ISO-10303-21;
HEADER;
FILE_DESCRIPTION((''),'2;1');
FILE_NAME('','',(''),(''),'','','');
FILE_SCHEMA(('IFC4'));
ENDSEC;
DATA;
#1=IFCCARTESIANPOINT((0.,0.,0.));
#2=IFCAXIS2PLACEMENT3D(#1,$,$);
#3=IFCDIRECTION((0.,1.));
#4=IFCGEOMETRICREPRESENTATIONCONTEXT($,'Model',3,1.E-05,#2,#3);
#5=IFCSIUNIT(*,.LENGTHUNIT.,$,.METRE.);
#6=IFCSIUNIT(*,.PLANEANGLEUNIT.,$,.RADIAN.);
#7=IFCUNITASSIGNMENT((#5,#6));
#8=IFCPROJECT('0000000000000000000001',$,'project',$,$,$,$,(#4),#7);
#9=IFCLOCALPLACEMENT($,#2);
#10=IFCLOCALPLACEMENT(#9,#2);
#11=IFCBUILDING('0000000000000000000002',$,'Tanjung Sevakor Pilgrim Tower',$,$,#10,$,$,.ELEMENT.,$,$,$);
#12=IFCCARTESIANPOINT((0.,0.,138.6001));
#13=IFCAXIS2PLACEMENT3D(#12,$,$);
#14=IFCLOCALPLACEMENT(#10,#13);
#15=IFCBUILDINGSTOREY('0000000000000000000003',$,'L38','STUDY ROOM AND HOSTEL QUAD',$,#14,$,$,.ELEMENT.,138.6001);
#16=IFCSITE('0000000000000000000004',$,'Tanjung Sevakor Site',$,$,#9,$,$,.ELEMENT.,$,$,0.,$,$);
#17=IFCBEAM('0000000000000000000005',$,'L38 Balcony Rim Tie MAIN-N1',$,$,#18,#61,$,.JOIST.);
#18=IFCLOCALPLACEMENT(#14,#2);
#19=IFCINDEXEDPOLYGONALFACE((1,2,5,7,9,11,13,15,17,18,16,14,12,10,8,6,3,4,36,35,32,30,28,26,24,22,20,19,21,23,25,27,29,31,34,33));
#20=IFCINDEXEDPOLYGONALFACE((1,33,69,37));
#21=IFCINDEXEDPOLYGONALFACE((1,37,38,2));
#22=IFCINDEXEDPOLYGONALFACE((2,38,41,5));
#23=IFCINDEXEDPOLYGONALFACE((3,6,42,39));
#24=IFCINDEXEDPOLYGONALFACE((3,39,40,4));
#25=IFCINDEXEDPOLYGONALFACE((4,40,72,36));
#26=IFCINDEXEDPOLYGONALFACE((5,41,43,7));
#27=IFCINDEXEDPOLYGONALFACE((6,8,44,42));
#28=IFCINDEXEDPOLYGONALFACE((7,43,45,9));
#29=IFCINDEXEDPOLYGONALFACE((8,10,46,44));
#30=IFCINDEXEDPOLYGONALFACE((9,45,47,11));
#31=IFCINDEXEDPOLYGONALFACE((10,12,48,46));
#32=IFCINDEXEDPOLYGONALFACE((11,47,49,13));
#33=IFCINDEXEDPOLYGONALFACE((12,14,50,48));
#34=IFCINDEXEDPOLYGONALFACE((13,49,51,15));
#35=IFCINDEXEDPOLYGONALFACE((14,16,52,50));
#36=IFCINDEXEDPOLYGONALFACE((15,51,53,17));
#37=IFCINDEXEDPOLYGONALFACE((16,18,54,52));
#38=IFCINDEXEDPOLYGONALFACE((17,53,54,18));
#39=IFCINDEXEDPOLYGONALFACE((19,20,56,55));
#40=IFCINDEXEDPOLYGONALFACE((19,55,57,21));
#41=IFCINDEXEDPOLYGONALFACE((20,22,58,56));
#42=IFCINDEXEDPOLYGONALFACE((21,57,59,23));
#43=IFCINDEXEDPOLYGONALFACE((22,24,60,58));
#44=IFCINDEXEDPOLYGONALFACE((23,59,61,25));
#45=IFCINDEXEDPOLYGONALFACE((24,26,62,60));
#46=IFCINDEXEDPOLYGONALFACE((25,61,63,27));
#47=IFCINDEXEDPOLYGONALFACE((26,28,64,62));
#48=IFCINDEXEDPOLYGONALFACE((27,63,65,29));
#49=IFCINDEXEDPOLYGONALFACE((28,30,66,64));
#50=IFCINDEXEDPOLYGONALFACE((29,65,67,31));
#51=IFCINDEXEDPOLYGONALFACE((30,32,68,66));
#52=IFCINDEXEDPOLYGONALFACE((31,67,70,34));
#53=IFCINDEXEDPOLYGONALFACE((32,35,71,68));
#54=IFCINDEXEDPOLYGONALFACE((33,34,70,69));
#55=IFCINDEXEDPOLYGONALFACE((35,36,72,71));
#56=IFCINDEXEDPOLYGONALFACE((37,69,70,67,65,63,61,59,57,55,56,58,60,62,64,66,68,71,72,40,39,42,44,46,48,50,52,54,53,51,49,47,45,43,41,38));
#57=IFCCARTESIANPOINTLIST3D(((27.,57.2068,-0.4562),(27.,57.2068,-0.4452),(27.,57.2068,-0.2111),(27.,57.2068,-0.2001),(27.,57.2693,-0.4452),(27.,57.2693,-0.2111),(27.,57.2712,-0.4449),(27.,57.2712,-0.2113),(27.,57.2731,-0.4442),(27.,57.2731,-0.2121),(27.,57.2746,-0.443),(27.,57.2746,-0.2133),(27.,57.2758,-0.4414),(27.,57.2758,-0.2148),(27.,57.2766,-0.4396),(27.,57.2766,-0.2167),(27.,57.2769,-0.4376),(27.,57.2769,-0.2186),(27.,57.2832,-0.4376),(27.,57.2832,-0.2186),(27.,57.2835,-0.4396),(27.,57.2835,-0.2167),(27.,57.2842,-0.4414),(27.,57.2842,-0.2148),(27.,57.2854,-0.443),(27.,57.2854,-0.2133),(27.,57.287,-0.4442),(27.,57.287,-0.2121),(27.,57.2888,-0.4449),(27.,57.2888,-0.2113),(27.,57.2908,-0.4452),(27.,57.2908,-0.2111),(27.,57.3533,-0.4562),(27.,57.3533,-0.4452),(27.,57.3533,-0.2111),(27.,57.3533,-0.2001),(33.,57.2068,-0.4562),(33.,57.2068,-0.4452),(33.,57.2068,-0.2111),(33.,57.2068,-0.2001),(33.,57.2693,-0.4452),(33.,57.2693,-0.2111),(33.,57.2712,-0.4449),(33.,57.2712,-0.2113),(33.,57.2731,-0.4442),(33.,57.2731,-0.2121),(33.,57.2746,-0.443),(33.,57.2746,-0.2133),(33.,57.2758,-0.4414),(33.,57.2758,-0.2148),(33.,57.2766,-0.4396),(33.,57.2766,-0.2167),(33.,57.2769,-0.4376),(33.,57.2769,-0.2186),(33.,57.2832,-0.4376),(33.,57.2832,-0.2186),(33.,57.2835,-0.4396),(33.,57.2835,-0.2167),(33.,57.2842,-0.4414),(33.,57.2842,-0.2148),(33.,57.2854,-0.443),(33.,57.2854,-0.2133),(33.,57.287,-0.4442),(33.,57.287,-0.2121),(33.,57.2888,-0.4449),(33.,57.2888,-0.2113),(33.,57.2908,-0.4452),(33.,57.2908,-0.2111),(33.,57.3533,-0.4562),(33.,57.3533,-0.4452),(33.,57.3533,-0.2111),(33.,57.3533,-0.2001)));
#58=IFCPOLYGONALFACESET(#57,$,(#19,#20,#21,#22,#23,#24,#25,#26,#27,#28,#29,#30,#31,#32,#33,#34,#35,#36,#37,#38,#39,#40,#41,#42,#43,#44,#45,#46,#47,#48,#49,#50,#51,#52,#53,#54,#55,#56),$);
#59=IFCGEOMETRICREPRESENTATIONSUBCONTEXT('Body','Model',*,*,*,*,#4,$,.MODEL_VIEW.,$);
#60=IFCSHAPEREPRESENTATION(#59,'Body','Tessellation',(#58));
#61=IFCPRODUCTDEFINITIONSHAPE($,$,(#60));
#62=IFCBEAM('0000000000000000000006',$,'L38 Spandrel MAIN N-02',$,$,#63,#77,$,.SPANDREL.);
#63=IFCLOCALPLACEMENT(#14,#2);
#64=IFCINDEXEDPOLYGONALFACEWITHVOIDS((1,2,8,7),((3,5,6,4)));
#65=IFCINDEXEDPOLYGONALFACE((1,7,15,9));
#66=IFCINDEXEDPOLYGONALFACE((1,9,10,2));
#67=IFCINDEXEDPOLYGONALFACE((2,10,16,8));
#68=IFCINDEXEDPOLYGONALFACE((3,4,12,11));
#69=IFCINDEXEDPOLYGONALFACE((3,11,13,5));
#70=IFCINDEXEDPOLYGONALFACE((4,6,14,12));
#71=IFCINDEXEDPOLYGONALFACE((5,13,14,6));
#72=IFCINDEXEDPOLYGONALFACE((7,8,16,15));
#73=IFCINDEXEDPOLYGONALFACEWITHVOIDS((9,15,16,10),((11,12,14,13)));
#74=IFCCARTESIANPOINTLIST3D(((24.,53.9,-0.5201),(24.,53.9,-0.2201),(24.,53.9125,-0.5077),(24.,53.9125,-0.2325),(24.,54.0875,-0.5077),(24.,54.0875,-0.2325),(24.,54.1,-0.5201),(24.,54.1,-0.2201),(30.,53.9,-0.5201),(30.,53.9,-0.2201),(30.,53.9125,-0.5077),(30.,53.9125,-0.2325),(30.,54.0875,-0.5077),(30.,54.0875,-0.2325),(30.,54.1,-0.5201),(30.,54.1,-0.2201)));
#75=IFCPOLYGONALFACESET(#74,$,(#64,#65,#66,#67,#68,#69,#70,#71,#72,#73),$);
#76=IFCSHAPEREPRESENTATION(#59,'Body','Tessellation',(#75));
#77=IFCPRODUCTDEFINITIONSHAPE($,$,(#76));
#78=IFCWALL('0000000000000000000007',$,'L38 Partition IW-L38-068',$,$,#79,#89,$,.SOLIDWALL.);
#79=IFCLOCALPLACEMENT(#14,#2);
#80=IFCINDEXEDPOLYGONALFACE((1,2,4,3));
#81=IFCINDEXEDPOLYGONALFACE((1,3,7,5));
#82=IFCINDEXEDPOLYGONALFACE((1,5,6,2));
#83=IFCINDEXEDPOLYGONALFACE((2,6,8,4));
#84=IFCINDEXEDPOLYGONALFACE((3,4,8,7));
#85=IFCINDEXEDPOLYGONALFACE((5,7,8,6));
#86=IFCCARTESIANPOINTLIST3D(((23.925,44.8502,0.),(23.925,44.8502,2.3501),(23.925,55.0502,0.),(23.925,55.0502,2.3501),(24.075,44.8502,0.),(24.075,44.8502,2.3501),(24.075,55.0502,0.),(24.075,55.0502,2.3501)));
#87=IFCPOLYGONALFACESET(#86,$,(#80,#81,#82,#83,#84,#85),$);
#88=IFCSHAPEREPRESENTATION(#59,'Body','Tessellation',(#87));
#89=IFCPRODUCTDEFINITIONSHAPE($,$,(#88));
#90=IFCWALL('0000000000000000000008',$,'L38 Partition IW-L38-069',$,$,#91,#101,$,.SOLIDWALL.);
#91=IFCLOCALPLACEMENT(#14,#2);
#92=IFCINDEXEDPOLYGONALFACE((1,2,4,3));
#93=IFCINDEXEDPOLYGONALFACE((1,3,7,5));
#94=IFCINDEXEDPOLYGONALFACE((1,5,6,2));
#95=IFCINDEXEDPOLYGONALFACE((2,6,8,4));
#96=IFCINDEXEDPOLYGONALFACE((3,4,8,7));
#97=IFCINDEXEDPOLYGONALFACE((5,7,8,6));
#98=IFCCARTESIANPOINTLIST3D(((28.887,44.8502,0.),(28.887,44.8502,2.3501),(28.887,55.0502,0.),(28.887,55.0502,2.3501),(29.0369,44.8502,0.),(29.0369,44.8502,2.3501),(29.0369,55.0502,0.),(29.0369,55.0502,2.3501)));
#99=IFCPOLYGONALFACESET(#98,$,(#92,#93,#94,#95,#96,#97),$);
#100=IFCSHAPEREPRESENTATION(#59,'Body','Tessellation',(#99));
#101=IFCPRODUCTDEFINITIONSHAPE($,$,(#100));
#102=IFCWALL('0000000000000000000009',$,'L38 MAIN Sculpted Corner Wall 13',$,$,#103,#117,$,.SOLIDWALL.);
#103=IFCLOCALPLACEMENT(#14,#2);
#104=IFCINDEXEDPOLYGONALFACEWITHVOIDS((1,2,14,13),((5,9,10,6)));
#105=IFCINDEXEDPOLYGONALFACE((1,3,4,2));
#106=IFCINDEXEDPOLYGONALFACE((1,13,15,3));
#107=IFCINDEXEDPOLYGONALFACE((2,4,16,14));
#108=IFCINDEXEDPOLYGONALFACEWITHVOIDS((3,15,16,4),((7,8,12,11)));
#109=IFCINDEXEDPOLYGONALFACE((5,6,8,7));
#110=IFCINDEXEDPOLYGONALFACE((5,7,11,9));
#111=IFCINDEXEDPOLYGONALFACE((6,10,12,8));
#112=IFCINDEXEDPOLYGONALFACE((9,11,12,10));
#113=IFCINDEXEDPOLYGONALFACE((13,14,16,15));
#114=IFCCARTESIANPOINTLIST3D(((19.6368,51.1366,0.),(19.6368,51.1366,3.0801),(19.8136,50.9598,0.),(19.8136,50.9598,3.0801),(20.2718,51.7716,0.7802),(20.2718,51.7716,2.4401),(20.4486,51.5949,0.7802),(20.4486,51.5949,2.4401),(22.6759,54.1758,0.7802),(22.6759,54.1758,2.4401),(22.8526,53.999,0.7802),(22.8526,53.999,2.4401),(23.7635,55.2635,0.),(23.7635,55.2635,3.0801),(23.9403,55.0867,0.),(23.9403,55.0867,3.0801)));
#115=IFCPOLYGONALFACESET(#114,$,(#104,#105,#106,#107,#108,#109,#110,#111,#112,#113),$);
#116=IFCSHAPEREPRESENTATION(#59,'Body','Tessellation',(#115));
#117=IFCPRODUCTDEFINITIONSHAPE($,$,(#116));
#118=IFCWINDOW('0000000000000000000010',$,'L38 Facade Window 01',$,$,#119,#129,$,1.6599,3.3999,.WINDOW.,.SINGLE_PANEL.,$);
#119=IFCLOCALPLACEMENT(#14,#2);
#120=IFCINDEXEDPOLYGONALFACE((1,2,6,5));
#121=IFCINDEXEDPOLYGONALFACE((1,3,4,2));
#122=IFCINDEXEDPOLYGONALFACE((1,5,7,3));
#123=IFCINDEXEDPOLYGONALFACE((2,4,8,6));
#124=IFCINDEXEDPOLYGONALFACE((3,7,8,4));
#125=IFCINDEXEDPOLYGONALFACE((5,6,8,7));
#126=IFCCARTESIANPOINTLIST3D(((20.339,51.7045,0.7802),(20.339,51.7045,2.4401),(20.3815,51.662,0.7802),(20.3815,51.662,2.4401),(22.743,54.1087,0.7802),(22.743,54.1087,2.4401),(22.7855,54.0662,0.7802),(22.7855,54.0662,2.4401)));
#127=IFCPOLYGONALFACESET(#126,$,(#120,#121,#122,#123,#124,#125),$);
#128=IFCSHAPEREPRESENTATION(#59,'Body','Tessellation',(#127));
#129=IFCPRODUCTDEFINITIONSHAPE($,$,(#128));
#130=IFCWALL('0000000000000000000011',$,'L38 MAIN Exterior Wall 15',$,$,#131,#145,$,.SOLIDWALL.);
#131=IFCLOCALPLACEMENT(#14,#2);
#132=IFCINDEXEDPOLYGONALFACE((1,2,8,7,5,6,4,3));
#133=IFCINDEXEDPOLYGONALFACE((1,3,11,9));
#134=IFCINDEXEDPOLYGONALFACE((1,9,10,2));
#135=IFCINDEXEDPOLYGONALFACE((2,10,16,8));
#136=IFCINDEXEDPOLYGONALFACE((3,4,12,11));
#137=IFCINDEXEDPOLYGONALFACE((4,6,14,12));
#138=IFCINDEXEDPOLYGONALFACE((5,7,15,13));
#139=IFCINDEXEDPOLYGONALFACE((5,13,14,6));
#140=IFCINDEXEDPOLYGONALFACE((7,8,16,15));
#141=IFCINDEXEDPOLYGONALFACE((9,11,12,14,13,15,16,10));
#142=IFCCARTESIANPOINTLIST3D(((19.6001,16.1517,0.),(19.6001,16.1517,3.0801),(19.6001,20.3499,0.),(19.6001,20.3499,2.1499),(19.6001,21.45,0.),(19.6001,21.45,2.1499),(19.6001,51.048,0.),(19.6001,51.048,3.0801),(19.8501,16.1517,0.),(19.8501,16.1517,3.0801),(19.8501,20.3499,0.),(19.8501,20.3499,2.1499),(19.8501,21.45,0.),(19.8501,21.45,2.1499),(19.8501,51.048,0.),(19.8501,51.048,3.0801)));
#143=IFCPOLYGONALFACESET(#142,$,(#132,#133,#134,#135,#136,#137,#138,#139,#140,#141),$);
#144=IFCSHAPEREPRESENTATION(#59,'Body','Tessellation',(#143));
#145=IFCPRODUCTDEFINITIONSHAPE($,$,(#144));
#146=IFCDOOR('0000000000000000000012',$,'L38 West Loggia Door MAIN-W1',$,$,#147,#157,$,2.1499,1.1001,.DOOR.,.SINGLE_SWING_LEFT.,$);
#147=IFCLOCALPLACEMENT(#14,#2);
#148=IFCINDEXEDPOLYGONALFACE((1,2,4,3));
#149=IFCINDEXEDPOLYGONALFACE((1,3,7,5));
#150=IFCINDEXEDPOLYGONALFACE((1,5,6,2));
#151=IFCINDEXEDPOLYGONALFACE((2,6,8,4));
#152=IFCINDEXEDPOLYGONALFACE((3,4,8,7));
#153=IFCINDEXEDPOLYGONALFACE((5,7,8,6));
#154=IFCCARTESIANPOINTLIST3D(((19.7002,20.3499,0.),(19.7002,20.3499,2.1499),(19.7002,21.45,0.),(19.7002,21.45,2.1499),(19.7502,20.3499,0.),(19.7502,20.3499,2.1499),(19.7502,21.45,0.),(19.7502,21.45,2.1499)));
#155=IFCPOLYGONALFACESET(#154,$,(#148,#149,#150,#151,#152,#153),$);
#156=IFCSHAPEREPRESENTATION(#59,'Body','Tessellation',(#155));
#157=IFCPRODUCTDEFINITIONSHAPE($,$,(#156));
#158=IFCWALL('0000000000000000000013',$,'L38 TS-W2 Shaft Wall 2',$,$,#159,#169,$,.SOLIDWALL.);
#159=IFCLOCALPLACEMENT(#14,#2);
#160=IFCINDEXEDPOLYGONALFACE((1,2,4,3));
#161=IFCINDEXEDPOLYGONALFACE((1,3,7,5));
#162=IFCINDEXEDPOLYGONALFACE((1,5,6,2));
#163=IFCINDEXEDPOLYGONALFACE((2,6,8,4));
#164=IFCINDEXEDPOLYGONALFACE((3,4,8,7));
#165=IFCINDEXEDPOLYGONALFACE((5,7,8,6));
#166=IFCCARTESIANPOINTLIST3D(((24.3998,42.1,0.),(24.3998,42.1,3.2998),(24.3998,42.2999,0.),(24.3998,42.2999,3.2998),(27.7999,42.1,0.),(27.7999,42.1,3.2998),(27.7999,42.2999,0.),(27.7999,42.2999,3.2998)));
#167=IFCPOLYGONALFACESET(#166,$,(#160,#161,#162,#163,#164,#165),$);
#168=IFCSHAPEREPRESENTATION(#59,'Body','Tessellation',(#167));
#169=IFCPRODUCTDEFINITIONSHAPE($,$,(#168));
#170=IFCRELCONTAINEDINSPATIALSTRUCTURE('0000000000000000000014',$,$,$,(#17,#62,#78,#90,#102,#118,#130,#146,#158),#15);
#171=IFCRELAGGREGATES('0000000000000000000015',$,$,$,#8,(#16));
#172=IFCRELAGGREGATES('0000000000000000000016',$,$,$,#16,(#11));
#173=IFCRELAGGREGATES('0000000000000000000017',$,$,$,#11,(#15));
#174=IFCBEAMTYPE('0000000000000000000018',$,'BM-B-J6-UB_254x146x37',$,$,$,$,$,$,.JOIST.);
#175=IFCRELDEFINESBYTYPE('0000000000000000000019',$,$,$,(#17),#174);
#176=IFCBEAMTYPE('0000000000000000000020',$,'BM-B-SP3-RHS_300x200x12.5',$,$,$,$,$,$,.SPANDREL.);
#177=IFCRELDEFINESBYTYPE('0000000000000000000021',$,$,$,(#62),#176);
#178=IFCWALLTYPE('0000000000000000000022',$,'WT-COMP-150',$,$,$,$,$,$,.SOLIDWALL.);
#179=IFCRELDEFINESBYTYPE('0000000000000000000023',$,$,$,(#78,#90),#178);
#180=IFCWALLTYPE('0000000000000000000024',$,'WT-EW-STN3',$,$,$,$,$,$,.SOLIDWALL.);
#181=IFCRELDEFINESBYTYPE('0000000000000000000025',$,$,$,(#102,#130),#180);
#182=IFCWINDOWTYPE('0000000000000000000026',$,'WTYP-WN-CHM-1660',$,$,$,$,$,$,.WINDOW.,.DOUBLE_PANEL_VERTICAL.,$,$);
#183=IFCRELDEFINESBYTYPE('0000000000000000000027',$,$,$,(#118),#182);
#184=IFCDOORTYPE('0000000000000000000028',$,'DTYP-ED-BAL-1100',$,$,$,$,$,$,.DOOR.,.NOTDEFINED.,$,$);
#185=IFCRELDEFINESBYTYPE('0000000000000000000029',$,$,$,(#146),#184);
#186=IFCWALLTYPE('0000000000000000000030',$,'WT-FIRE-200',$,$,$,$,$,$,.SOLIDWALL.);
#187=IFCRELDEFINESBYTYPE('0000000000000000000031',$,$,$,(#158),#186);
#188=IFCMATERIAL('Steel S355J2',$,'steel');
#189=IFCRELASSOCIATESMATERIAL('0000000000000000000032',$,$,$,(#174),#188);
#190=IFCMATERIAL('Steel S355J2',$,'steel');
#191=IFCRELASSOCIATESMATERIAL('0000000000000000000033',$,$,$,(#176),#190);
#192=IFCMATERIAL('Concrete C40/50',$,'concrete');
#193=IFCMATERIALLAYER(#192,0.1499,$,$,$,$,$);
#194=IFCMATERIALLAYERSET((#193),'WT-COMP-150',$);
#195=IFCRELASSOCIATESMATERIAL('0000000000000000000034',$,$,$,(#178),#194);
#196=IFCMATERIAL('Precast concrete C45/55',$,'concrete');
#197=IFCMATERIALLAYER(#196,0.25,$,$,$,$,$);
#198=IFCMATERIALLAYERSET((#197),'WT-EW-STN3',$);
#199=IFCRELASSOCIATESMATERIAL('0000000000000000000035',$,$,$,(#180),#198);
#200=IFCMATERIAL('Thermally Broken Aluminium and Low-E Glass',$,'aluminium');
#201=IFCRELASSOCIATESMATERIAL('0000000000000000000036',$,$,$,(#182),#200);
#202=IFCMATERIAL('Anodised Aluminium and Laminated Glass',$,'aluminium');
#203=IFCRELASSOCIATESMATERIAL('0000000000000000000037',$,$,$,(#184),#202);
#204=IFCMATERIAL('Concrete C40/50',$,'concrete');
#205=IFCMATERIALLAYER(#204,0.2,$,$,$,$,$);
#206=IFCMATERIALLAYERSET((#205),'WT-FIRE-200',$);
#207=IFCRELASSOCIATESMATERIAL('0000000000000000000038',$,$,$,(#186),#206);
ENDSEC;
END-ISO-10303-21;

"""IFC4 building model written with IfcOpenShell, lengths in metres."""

from ifc_helpers import new_model, si_unit, direction, frame, frame_2d, origin, origin_2d, place, context, subcontext, project, spatial, rectangle, hollow_rectangle, i_section, extrude, material, layer, layer_set, material_profile, profile_set, type_object, element, fill, save


model = new_model("IFC4")

# Units and contexts
model_context = context("Model", 3, precision=1e-05, world=origin(), true_north=direction((0.0, 1.0)))
body_context = subcontext(model_context, "Body", "Model", "MODEL_VIEW")
ifc_project = project(units=[si_unit("LENGTHUNIT", "METRE"), si_unit("PLANEANGLEUNIT", "RADIAN")], contexts=[model_context])

# Site, building, storey
site_placement = place(None, origin())
site = spatial("IfcSite", under=ifc_project, at=site_placement, Name="Tanjung Sevakor Site", CompositionType="ELEMENT", RefElevation=0.0)
building_placement = place(site_placement, origin())
building = spatial("IfcBuilding", under=site, at=building_placement, Name="Tanjung Sevakor Pilgrim Tower", CompositionType="ELEMENT")
storey_placement = place(building_placement, frame((0.0, 0.0, 138.6001)))
storey = spatial("IfcBuildingStorey", under=building, at=storey_placement, Name="L38", Description="STUDY ROOM AND HOSTEL QUAD", CompositionType="ELEMENT", Elevation=138.6001)

# Beams
ifc_material_1 = material(Name="Steel S355J2", Category="steel")
ifc_material_profile_1 = material_profile(ifc_material_1, i_section(OverallWidth=0.1465, OverallDepth=0.2561, WebThickness=0.0063, FlangeThickness=0.011, FilletRadius=0.0076, at=origin_2d()))
ifc_profile_set_1 = profile_set([ifc_material_profile_1], Name="Steel S355J2")
beam_type_1 = type_object("IfcBeamType", Name="BM-B-J6-UB_254x146x37", PredefinedType="JOIST", material=ifc_profile_set_1)
beam_1_placement = place(storey_placement, frame((27.0, 57.28, -0.3281), z_axis=(1.0, 0.0, 0.0), x_axis=(0.0, 1.0, 0.0)))
element("IfcBeam", 1, at=beam_1_placement, inside=storey, type_object=beam_type_1, Name="L38 Balcony Rim Tie MAIN-N1", PredefinedType="JOIST", context=body_context, shape_type="SweptSolid", body=[
    extrude(i_section(OverallWidth=0.1465, OverallDepth=0.2561, WebThickness=0.0063, FlangeThickness=0.011, FilletRadius=0.0076, at=origin_2d()), origin(), (0.0, 0.0, 1.0), 6.0),
])
ifc_material_2 = material(Name="Steel S355J2", Category="steel")
ifc_material_profile_2 = material_profile(ifc_material_2, hollow_rectangle(XDim=0.2, YDim=0.3, WallThickness=0.0125, at=origin_2d()))
ifc_profile_set_2 = profile_set([ifc_material_profile_2], Name="Steel S355J2")
beam_type_2 = type_object("IfcBeamType", Name="BM-B-SP3-RHS_300x200x12.5", PredefinedType="SPANDREL", material=ifc_profile_set_2)
beam_2_placement = place(storey_placement, frame((24.0, 54.0, -0.3701), z_axis=(1.0, 0.0, 0.0), x_axis=(0.0, 1.0, 0.0)))
element("IfcBeam", 2, at=beam_2_placement, inside=storey, type_object=beam_type_2, Name="L38 Spandrel MAIN N-02", PredefinedType="SPANDREL", context=body_context, shape_type="SweptSolid", body=[
    extrude(hollow_rectangle(XDim=0.2, YDim=0.3, WallThickness=0.0125, at=origin_2d()), origin(), (0.0, 0.0, 1.0), 6.0),
])

# Walls
ifc_material_3 = material(Name="Concrete C40/50", Category="concrete")
ifc_layer_1 = layer(ifc_material_3, 0.1499)
ifc_layer_set_1 = layer_set([ifc_layer_1], Name="WT-COMP-150")
wall_type_1 = type_object("IfcWallType", Name="WT-COMP-150", PredefinedType="SOLIDWALL", material=ifc_layer_set_1)
for number, where, z_axis, x_axis, name in (
    (3, (24.0, 44.8501, 0.0), (0.0, 0.0, 1.0), (0.0, 1.0, 0.0), "L38 Partition IW-L38-068"),
    (4, (28.9619, 44.8501, 0.0), (0.0, 0.0, 1.0), (0.0, 1.0, 0.0), "L38 Partition IW-L38-069"),
):
    element("IfcWall", number, at=place(storey_placement, frame(where, z_axis=z_axis, x_axis=x_axis)), inside=storey, type_object=wall_type_1, Name=name, PredefinedType="SOLIDWALL", context=body_context, shape_type="SweptSolid", body=[
        extrude(rectangle(XDim=10.2, YDim=0.1499, at=frame_2d((5.1001, 0.0))), origin(), (0.0, 0.0, 1.0), 2.3501),
    ])

# Wall, opening, window
ifc_material_4 = material(Name="Precast concrete C45/55", Category="concrete")
ifc_layer_2 = layer(ifc_material_4, 0.25)
ifc_layer_set_2 = layer_set([ifc_layer_2], Name="WT-EW-STN3")
wall_type_2 = type_object("IfcWallType", Name="WT-EW-STN3", PredefinedType="SOLIDWALL", material=ifc_layer_set_2)
wall_1_placement = place(storey_placement, frame((23.8518, 55.175, 0.0), z_axis=(0.0, 0.0, 1.0), x_axis=(-0.707086, -0.707128, 0.0)))
wall_1 = element("IfcWall", 5, at=wall_1_placement, inside=storey, type_object=wall_type_2, Name="L38 MAIN Sculpted Corner Wall 13", PredefinedType="SOLIDWALL", context=body_context, shape_type="SweptSolid", body=[
    extrude(rectangle(XDim=5.8362, YDim=0.25, at=frame_2d((2.918, 0.0))), origin(), (0.0, 0.0, 1.0), 3.0801),
])
opening_1_placement = place(wall_1_placement, frame((1.5381, 0.0, 0.78)))
opening_1 = element("IfcOpeningElement", 6, at=opening_1_placement, cuts=wall_1, PredefinedType="OPENING", context=body_context, shape_type="SweptSolid", body=[
    extrude(rectangle(XDim=3.3999, YDim=1.6599, at=frame_2d((1.7, 0.8301))), frame((0.0, 0.135, 0.0), z_axis=(0.0, -1.0, 0.0), x_axis=(1.0, 0.0, 0.0)), (0.0, 0.0, 1.0), 0.27),
])
ifc_material_5 = material(Name="Thermally Broken Aluminium and Low-E Glass", Category="aluminium")
window_type = type_object("IfcWindowType", Name="WTYP-WN-CHM-1660", PartitioningType="DOUBLE_PANEL_VERTICAL", PredefinedType="WINDOW", material=ifc_material_5)
window_placement = place(opening_1_placement, origin())
window = element("IfcWindow", 7, at=window_placement, inside=storey, type_object=window_type, Name="L38 Facade Window 01", OverallHeight=1.6599, OverallWidth=3.3999, PartitioningType="SINGLE_PANEL", PredefinedType="WINDOW", context=body_context, shape_type="SweptSolid", body=[
    extrude(rectangle(XDim=3.3999, YDim=1.6599, at=frame_2d((1.7, 0.8301))), frame((0.0, 0.03, 0.0), z_axis=(0.0, -1.0, 0.0), x_axis=(1.0, 0.0, 0.0)), (0.0, 0.0, 1.0), 0.0601),
])
fill(opening_1, window)

# Wall, opening, door
wall_2_placement = place(storey_placement, frame((19.7251, 51.0481, 0.0), z_axis=(0.0, 0.0, 1.0), x_axis=(0.0, -1.0, 0.0)))
wall_2 = element("IfcWall", 8, at=wall_2_placement, inside=storey, type_object=wall_type_2, Name="L38 MAIN Exterior Wall 15", PredefinedType="SOLIDWALL", context=body_context, shape_type="SweptSolid", body=[
    extrude(rectangle(XDim=34.8962, YDim=0.25, at=frame_2d((17.4482, 0.0))), origin(), (0.0, 0.0, 1.0), 3.0801),
])
opening_2_placement = place(wall_2_placement, frame((29.5981, 0.0, 0.0)))
opening_2 = element("IfcOpeningElement", 9, at=opening_2_placement, cuts=wall_2, PredefinedType="OPENING", context=body_context, shape_type="SweptSolid", body=[
    extrude(rectangle(XDim=1.1001, YDim=2.1499, at=frame_2d((0.55, 1.075))), frame((0.0, 0.135, 0.0), z_axis=(0.0, -1.0, 0.0), x_axis=(1.0, 0.0, 0.0)), (0.0, 0.0, 1.0), 0.27),
])
ifc_material_6 = material(Name="Anodised Aluminium and Laminated Glass", Category="aluminium")
door_type_1 = type_object("IfcDoorType", Name="DTYP-ED-BAL-1100", OperationType="NOTDEFINED", PredefinedType="DOOR", material=ifc_material_6)
door_1_placement = place(opening_2_placement, frame((1.1001, 0.0, 0.0), z_axis=(0.0, 0.0, 1.0), x_axis=(-1.0, 0.0, 0.0)))
door_1 = element("IfcDoor", 10, at=door_1_placement, inside=storey, type_object=door_type_1, Name="L38 West Loggia Door MAIN-W1", OperationType="SINGLE_SWING_LEFT", OverallHeight=2.1499, OverallWidth=1.1001, PredefinedType="DOOR", context=body_context, shape_type="SweptSolid", body=[
    extrude(rectangle(XDim=1.1001, YDim=2.1499, at=frame_2d((0.55, 1.075))), frame((0.0, 0.0249, 0.0), z_axis=(0.0, -1.0, 0.0), x_axis=(1.0, 0.0, 0.0)), (0.0, 0.0, 1.0), 0.05),
])
fill(opening_2, door_1)

# Wall
ifc_material_7 = material(Name="Concrete C40/50", Category="concrete")
ifc_layer_3 = layer(ifc_material_7, 0.2)
ifc_layer_set_3 = layer_set([ifc_layer_3], Name="WT-FIRE-200")
wall_type_3 = type_object("IfcWallType", Name="WT-FIRE-200", PredefinedType="SOLIDWALL", material=ifc_layer_set_3)
wall_3_placement = place(storey_placement, frame((27.8, 42.2, 0.0), z_axis=(0.0, 0.0, 1.0), x_axis=(-1.0, 0.0, 0.0)))
element("IfcWall", 11, at=wall_3_placement, inside=storey, type_object=wall_type_3, Name="L38 TS-W2 Shaft Wall 2", PredefinedType="SOLIDWALL", context=body_context, shape_type="SweptSolid", body=[
    extrude(rectangle(XDim=3.4001, YDim=0.2, at=frame_2d((1.7002, 0.0))), origin(), (0.0, 0.0, 1.0), 3.2998),
])

save(model, "model.ifc")
